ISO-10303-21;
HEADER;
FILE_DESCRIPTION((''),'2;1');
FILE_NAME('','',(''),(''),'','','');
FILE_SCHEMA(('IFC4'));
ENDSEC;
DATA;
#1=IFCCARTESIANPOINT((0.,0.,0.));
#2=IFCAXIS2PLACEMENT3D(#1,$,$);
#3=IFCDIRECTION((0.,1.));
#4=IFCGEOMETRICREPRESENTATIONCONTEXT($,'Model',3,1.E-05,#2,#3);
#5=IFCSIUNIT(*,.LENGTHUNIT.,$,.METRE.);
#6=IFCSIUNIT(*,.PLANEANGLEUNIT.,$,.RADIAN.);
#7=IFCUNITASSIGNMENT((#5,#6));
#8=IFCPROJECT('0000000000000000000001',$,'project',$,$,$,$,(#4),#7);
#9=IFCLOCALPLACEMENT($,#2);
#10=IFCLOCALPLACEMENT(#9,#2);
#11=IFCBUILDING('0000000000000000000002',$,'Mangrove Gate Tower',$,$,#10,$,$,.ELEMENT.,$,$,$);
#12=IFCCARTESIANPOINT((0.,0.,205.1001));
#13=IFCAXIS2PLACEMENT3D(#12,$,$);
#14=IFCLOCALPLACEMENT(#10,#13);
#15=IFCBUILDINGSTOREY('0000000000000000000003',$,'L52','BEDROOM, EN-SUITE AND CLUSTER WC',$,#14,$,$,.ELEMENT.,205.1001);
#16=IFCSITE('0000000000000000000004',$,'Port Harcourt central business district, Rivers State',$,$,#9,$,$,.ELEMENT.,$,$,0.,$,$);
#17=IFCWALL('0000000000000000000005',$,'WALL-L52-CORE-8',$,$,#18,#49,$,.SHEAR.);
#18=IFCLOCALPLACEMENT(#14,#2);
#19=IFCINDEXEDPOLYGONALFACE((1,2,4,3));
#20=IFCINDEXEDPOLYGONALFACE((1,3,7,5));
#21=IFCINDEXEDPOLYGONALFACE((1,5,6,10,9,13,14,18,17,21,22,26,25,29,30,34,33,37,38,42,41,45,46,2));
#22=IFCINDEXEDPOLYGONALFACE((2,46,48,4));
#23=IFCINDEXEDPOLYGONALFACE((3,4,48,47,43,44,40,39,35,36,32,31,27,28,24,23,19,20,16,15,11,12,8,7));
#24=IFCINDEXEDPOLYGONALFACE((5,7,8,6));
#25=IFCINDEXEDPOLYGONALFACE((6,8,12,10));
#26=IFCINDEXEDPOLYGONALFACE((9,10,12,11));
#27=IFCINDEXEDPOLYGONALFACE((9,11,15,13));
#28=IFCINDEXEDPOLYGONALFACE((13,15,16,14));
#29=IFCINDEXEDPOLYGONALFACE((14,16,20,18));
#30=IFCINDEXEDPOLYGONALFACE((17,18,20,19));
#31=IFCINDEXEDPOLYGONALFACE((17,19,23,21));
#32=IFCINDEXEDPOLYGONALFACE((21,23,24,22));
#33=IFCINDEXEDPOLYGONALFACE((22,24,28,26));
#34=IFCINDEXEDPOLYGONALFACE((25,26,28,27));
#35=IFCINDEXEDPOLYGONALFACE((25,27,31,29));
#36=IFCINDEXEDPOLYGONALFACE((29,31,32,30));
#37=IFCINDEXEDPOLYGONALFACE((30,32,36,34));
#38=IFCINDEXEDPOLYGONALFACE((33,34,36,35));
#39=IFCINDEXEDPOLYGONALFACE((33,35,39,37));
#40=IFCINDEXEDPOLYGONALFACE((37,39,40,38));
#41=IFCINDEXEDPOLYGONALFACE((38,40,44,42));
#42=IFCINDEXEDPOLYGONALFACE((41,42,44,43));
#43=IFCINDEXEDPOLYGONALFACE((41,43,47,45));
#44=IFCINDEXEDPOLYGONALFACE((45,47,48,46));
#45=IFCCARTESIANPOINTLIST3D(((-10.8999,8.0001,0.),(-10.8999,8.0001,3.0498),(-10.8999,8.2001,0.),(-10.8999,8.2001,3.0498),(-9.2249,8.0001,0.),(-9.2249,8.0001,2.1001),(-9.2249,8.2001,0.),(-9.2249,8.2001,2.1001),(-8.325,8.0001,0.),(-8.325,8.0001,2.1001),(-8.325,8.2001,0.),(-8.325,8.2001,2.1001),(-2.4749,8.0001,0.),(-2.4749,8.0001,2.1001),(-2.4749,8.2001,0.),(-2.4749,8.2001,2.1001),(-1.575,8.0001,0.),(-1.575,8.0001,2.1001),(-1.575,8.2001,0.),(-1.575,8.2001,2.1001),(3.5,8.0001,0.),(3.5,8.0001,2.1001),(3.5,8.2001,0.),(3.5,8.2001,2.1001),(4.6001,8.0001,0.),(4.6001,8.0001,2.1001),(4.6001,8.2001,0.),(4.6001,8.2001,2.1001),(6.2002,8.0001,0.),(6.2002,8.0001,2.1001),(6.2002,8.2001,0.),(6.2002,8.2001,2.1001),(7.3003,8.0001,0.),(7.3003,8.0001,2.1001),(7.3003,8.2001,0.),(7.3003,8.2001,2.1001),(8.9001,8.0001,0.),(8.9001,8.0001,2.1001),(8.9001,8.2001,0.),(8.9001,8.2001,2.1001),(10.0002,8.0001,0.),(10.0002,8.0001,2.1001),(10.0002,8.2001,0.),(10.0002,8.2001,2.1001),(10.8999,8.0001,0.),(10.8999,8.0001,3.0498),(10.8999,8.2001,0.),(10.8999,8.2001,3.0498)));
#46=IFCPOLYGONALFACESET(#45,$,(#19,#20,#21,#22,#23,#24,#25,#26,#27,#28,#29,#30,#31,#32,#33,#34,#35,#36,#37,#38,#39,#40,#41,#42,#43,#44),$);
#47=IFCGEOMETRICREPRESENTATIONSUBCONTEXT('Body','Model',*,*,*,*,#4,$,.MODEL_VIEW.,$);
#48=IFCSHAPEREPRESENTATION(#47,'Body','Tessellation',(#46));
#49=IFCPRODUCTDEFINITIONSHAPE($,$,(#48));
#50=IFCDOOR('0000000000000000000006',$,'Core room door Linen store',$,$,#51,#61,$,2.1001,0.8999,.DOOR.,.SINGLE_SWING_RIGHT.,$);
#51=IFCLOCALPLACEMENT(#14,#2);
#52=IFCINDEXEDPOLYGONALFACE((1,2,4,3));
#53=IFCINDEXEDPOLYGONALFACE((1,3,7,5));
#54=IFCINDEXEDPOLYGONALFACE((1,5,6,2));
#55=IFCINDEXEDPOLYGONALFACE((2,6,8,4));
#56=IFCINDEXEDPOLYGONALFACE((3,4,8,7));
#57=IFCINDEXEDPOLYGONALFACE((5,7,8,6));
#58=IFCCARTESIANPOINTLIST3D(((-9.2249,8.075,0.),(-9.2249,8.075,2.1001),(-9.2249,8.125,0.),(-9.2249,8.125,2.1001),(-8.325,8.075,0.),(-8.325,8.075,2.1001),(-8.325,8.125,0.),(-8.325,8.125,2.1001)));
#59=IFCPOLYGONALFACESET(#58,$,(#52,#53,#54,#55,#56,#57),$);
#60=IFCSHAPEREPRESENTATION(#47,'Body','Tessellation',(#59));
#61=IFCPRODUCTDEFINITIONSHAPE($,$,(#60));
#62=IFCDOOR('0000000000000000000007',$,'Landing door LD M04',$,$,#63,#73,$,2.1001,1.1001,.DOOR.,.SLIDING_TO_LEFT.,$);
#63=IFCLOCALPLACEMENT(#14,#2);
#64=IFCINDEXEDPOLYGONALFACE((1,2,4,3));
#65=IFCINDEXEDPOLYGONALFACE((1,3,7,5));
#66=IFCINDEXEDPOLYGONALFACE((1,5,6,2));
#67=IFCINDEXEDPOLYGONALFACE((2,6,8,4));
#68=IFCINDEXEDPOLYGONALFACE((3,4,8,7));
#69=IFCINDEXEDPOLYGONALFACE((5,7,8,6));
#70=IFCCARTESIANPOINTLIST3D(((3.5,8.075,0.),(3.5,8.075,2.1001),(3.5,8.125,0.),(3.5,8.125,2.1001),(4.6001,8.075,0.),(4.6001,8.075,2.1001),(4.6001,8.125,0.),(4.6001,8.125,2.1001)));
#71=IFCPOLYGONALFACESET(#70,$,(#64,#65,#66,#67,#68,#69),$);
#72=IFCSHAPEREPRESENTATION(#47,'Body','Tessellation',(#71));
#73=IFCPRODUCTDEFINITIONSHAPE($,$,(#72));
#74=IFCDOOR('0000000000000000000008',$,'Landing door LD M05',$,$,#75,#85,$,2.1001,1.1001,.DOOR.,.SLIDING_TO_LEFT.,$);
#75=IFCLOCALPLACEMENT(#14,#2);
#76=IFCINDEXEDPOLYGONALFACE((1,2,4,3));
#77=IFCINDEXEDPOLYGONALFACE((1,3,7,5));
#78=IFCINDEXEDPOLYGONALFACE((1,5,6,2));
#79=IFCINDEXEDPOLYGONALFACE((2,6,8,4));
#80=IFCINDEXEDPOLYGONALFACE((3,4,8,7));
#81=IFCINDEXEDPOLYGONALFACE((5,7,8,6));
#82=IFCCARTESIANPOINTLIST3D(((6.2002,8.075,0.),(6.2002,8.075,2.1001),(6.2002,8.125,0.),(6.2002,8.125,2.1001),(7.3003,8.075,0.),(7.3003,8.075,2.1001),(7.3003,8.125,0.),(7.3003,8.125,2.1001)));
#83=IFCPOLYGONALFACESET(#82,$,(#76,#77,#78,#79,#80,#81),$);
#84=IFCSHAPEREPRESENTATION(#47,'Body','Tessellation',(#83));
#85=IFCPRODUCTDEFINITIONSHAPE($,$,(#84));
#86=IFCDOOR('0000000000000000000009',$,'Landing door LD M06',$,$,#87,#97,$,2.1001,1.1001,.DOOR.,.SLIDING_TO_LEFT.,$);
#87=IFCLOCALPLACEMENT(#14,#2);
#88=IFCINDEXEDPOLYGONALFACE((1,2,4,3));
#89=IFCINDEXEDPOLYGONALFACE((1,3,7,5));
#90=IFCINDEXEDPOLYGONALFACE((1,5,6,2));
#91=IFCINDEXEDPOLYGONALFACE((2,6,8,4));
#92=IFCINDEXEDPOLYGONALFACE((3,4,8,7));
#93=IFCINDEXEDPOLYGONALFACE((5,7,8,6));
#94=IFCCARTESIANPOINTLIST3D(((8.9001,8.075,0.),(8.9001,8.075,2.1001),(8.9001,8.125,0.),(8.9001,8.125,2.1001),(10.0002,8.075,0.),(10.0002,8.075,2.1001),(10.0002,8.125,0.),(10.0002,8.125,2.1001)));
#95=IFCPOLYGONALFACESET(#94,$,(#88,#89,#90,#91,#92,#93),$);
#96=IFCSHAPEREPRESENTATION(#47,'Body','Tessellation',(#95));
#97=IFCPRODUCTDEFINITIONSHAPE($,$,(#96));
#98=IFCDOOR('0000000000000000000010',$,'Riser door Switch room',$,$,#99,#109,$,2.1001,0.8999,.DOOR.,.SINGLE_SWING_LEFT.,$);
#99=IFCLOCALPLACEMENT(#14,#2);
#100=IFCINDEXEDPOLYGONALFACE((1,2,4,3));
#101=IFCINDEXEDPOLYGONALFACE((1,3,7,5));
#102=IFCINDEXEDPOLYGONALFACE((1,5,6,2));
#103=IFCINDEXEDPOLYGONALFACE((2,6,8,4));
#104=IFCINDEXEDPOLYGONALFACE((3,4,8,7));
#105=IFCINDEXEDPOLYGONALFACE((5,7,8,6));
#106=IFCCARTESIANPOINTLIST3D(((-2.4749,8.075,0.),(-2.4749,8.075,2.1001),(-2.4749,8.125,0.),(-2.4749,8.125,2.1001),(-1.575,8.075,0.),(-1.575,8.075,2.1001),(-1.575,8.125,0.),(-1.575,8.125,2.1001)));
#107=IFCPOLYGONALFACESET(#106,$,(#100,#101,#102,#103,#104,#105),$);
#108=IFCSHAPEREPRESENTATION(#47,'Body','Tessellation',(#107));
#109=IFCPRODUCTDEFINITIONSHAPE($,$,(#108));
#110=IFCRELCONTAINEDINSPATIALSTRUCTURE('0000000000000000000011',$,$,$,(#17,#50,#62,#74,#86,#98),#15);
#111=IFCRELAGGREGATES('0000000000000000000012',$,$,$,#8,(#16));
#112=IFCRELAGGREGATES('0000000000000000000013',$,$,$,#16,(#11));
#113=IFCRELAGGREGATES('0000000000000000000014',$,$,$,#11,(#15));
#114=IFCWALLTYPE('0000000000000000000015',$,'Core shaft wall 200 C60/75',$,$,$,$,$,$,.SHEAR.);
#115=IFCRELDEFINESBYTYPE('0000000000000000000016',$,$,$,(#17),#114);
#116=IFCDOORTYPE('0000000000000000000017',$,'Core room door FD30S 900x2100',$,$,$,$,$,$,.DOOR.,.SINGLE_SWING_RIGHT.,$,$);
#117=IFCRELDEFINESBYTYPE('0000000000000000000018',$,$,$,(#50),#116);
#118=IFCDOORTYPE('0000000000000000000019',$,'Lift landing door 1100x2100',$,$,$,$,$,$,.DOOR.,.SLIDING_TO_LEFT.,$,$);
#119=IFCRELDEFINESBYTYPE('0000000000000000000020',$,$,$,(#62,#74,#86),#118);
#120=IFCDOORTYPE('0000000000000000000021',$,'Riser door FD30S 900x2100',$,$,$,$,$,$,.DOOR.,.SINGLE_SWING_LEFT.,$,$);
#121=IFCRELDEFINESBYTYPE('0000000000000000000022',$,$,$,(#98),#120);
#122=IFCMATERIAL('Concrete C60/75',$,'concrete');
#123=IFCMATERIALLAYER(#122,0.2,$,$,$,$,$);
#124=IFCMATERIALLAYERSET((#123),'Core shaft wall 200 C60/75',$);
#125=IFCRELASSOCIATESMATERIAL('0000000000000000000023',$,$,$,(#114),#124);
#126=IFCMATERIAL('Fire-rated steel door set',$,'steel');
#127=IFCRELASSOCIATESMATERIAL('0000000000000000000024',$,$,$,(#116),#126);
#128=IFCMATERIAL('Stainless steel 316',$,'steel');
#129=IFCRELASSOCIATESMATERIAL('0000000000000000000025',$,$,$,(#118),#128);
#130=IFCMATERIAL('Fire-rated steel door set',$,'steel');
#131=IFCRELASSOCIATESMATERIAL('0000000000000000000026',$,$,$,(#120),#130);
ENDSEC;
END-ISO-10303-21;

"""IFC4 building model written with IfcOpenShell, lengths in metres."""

from ifc_helpers import new_model, si_unit, direction, frame, frame_2d, origin, place, context, subcontext, project, spatial, rectangle, extrude, material, layer, layer_set, type_object, element, fill, save


model = new_model("IFC4")

# Units and contexts
model_context = context("Model", 3, precision=1e-05, world=origin(), true_north=direction((0.0, 1.0)))
body_context = subcontext(model_context, "Body", "Model", "MODEL_VIEW")
ifc_project = project(units=[si_unit("LENGTHUNIT", "METRE"), si_unit("PLANEANGLEUNIT", "RADIAN")], contexts=[model_context])

# Site, building, storey
site_placement = place(None, origin())
site = spatial("IfcSite", under=ifc_project, at=site_placement, Name="Port Harcourt central business district, Rivers State", CompositionType="ELEMENT", RefElevation=0.0)
building_placement = place(site_placement, origin())
building = spatial("IfcBuilding", under=site, at=building_placement, Name="Mangrove Gate Tower", CompositionType="ELEMENT")
storey_placement = place(building_placement, frame((0.0, 0.0, 205.1001)))
storey = spatial("IfcBuildingStorey", under=building, at=storey_placement, Name="L52", Description="BEDROOM, EN-SUITE AND CLUSTER WC", CompositionType="ELEMENT", Elevation=205.1001)

# Shared definitions
ifc_material_1 = material(Name="Concrete C60/75", Category="concrete")
ifc_layer_1 = layer(ifc_material_1, 0.2)
ifc_layer_set_1 = layer_set([ifc_layer_1], Name="Core shaft wall 200 C60/75")
wall_type_1 = type_object("IfcWallType", Name="Core shaft wall 200 C60/75", PredefinedType="SHEAR", material=ifc_layer_set_1)

# Wall, openings, doors
ifc_material_2 = material(Name="Fire-rated steel door set", Category="steel")
door_type_1 = type_object("IfcDoorType", Name="Core room door FD30S 900x2100", OperationType="SINGLE_SWING_RIGHT", PredefinedType="DOOR", material=ifc_material_2)
ifc_material_3 = material(Name="Stainless steel 316", Category="steel")
door_type_2 = type_object("IfcDoorType", Name="Lift landing door 1100x2100", OperationType="SLIDING_TO_LEFT", PredefinedType="DOOR", material=ifc_material_3)
ifc_material_4 = material(Name="Fire-rated steel door set", Category="steel")
door_type_3 = type_object("IfcDoorType", Name="Riser door FD30S 900x2100", OperationType="SINGLE_SWING_LEFT", PredefinedType="DOOR", material=ifc_material_4)
wall_1_placement = place(storey_placement, frame((-10.8999, 8.1001, 0.0), z_axis=(0.0, 0.0, 1.0), x_axis=(1.0, 0.0, 0.0)))
wall_1 = element("IfcWall", 1, at=wall_1_placement, inside=storey, type_object=wall_type_1, Name="WALL-L52-CORE-8", PredefinedType="SHEAR", context=body_context, shape_type="SweptSolid", body=[
    extrude(rectangle(XDim=21.7998, YDim=0.2, at=frame_2d((10.8999, 0.0))), origin(), (0.0, 0.0, 1.0), 3.0498),
])
opening_1_placement = place(wall_1_placement, frame((14.3999, 0.0, 0.0)))
opening_1 = element("IfcOpeningElement", 2, at=opening_1_placement, cuts=wall_1, PredefinedType="OPENING", context=body_context, shape_type="SweptSolid", body=[
    extrude(rectangle(XDim=1.1001, YDim=2.1001, at=frame_2d((0.55, 1.05))), frame((0.0, 0.1099, 0.0), z_axis=(0.0, -1.0, 0.0), x_axis=(1.0, 0.0, 0.0)), (0.0, 0.0, 1.0), 0.22),
])
opening_2_placement = place(wall_1_placement, frame((17.1001, 0.0, 0.0)))
opening_2 = element("IfcOpeningElement", 3, at=opening_2_placement, cuts=wall_1, PredefinedType="OPENING", context=body_context, shape_type="SweptSolid", body=[
    extrude(rectangle(XDim=1.1001, YDim=2.1001, at=frame_2d((0.55, 1.05))), frame((0.0, 0.1099, 0.0), z_axis=(0.0, -1.0, 0.0), x_axis=(1.0, 0.0, 0.0)), (0.0, 0.0, 1.0), 0.22),
])
opening_3_placement = place(wall_1_placement, frame((19.8, 0.0, 0.0)))
opening_3 = element("IfcOpeningElement", 4, at=opening_3_placement, cuts=wall_1, PredefinedType="OPENING", context=body_context, shape_type="SweptSolid", body=[
    extrude(rectangle(XDim=1.1001, YDim=2.1001, at=frame_2d((0.55, 1.05))), frame((0.0, 0.1099, 0.0), z_axis=(0.0, -1.0, 0.0), x_axis=(1.0, 0.0, 0.0)), (0.0, 0.0, 1.0), 0.22),
])
opening_4_placement = place(wall_1_placement, frame((1.675, 0.0, 0.0)))
opening_4 = element("IfcOpeningElement", 5, at=opening_4_placement, cuts=wall_1, PredefinedType="OPENING", context=body_context, shape_type="SweptSolid", body=[
    extrude(rectangle(XDim=0.8999, YDim=2.1001, at=frame_2d((0.45, 1.05))), frame((0.0, 0.1099, 0.0), z_axis=(0.0, -1.0, 0.0), x_axis=(1.0, 0.0, 0.0)), (0.0, 0.0, 1.0), 0.22),
])
opening_5_placement = place(wall_1_placement, frame((8.425, 0.0, 0.0)))
opening_5 = element("IfcOpeningElement", 6, at=opening_5_placement, cuts=wall_1, PredefinedType="OPENING", context=body_context, shape_type="SweptSolid", body=[
    extrude(rectangle(XDim=0.8999, YDim=2.1001, at=frame_2d((0.45, 1.05))), frame((0.0, 0.1099, 0.0), z_axis=(0.0, -1.0, 0.0), x_axis=(1.0, 0.0, 0.0)), (0.0, 0.0, 1.0), 0.22),
])
door_1_placement = place(opening_4_placement, origin())
door_1 = element("IfcDoor", 7, at=door_1_placement, inside=storey, type_object=door_type_1, Name="Core room door Linen store", OperationType="SINGLE_SWING_RIGHT", OverallHeight=2.1001, OverallWidth=0.8999, PredefinedType="DOOR", context=body_context, shape_type="SweptSolid", body=[
    extrude(rectangle(XDim=0.8999, YDim=2.1001, at=frame_2d((0.45, 1.05))), frame((0.0, 0.0249, 0.0), z_axis=(0.0, -1.0, 0.0), x_axis=(1.0, 0.0, 0.0)), (0.0, 0.0, 1.0), 0.05),
])
fill(opening_4, door_1)
door_2_placement = place(opening_1_placement, origin())
door_2 = element("IfcDoor", 8, at=door_2_placement, inside=storey, type_object=door_type_2, Name="Landing door LD M04", OperationType="SLIDING_TO_LEFT", OverallHeight=2.1001, OverallWidth=1.1001, PredefinedType="DOOR", context=body_context, shape_type="SweptSolid", body=[
    extrude(rectangle(XDim=1.1001, YDim=2.1001, at=frame_2d((0.55, 1.05))), frame((0.0, 0.0249, 0.0), z_axis=(0.0, -1.0, 0.0), x_axis=(1.0, 0.0, 0.0)), (0.0, 0.0, 1.0), 0.05),
])
fill(opening_1, door_2)
door_3_placement = place(opening_2_placement, origin())
door_3 = element("IfcDoor", 9, at=door_3_placement, inside=storey, type_object=door_type_2, Name="Landing door LD M05", OperationType="SLIDING_TO_LEFT", OverallHeight=2.1001, OverallWidth=1.1001, PredefinedType="DOOR", context=body_context, shape_type="SweptSolid", body=[
    extrude(rectangle(XDim=1.1001, YDim=2.1001, at=frame_2d((0.55, 1.05))), frame((0.0, 0.0249, 0.0), z_axis=(0.0, -1.0, 0.0), x_axis=(1.0, 0.0, 0.0)), (0.0, 0.0, 1.0), 0.05),
])
fill(opening_2, door_3)
door_4_placement = place(opening_3_placement, origin())
door_4 = element("IfcDoor", 10, at=door_4_placement, inside=storey, type_object=door_type_2, Name="Landing door LD M06", OperationType="SLIDING_TO_LEFT", OverallHeight=2.1001, OverallWidth=1.1001, PredefinedType="DOOR", context=body_context, shape_type="SweptSolid", body=[
    extrude(rectangle(XDim=1.1001, YDim=2.1001, at=frame_2d((0.55, 1.05))), frame((0.0, 0.0249, 0.0), z_axis=(0.0, -1.0, 0.0), x_axis=(1.0, 0.0, 0.0)), (0.0, 0.0, 1.0), 0.05),
])
fill(opening_3, door_4)
door_5_placement = place(opening_5_placement, origin())
door_5 = element("IfcDoor", 11, at=door_5_placement, inside=storey, type_object=door_type_3, Name="Riser door Switch room", OperationType="SINGLE_SWING_LEFT", OverallHeight=2.1001, OverallWidth=0.8999, PredefinedType="DOOR", context=body_context, shape_type="SweptSolid", body=[
    extrude(rectangle(XDim=0.8999, YDim=2.1001, at=frame_2d((0.45, 1.05))), frame((0.0, 0.0249, 0.0), z_axis=(0.0, -1.0, 0.0), x_axis=(1.0, 0.0, 0.0)), (0.0, 0.0, 1.0), 0.05),
])
fill(opening_5, door_5)

save(model, "model.ifc")
